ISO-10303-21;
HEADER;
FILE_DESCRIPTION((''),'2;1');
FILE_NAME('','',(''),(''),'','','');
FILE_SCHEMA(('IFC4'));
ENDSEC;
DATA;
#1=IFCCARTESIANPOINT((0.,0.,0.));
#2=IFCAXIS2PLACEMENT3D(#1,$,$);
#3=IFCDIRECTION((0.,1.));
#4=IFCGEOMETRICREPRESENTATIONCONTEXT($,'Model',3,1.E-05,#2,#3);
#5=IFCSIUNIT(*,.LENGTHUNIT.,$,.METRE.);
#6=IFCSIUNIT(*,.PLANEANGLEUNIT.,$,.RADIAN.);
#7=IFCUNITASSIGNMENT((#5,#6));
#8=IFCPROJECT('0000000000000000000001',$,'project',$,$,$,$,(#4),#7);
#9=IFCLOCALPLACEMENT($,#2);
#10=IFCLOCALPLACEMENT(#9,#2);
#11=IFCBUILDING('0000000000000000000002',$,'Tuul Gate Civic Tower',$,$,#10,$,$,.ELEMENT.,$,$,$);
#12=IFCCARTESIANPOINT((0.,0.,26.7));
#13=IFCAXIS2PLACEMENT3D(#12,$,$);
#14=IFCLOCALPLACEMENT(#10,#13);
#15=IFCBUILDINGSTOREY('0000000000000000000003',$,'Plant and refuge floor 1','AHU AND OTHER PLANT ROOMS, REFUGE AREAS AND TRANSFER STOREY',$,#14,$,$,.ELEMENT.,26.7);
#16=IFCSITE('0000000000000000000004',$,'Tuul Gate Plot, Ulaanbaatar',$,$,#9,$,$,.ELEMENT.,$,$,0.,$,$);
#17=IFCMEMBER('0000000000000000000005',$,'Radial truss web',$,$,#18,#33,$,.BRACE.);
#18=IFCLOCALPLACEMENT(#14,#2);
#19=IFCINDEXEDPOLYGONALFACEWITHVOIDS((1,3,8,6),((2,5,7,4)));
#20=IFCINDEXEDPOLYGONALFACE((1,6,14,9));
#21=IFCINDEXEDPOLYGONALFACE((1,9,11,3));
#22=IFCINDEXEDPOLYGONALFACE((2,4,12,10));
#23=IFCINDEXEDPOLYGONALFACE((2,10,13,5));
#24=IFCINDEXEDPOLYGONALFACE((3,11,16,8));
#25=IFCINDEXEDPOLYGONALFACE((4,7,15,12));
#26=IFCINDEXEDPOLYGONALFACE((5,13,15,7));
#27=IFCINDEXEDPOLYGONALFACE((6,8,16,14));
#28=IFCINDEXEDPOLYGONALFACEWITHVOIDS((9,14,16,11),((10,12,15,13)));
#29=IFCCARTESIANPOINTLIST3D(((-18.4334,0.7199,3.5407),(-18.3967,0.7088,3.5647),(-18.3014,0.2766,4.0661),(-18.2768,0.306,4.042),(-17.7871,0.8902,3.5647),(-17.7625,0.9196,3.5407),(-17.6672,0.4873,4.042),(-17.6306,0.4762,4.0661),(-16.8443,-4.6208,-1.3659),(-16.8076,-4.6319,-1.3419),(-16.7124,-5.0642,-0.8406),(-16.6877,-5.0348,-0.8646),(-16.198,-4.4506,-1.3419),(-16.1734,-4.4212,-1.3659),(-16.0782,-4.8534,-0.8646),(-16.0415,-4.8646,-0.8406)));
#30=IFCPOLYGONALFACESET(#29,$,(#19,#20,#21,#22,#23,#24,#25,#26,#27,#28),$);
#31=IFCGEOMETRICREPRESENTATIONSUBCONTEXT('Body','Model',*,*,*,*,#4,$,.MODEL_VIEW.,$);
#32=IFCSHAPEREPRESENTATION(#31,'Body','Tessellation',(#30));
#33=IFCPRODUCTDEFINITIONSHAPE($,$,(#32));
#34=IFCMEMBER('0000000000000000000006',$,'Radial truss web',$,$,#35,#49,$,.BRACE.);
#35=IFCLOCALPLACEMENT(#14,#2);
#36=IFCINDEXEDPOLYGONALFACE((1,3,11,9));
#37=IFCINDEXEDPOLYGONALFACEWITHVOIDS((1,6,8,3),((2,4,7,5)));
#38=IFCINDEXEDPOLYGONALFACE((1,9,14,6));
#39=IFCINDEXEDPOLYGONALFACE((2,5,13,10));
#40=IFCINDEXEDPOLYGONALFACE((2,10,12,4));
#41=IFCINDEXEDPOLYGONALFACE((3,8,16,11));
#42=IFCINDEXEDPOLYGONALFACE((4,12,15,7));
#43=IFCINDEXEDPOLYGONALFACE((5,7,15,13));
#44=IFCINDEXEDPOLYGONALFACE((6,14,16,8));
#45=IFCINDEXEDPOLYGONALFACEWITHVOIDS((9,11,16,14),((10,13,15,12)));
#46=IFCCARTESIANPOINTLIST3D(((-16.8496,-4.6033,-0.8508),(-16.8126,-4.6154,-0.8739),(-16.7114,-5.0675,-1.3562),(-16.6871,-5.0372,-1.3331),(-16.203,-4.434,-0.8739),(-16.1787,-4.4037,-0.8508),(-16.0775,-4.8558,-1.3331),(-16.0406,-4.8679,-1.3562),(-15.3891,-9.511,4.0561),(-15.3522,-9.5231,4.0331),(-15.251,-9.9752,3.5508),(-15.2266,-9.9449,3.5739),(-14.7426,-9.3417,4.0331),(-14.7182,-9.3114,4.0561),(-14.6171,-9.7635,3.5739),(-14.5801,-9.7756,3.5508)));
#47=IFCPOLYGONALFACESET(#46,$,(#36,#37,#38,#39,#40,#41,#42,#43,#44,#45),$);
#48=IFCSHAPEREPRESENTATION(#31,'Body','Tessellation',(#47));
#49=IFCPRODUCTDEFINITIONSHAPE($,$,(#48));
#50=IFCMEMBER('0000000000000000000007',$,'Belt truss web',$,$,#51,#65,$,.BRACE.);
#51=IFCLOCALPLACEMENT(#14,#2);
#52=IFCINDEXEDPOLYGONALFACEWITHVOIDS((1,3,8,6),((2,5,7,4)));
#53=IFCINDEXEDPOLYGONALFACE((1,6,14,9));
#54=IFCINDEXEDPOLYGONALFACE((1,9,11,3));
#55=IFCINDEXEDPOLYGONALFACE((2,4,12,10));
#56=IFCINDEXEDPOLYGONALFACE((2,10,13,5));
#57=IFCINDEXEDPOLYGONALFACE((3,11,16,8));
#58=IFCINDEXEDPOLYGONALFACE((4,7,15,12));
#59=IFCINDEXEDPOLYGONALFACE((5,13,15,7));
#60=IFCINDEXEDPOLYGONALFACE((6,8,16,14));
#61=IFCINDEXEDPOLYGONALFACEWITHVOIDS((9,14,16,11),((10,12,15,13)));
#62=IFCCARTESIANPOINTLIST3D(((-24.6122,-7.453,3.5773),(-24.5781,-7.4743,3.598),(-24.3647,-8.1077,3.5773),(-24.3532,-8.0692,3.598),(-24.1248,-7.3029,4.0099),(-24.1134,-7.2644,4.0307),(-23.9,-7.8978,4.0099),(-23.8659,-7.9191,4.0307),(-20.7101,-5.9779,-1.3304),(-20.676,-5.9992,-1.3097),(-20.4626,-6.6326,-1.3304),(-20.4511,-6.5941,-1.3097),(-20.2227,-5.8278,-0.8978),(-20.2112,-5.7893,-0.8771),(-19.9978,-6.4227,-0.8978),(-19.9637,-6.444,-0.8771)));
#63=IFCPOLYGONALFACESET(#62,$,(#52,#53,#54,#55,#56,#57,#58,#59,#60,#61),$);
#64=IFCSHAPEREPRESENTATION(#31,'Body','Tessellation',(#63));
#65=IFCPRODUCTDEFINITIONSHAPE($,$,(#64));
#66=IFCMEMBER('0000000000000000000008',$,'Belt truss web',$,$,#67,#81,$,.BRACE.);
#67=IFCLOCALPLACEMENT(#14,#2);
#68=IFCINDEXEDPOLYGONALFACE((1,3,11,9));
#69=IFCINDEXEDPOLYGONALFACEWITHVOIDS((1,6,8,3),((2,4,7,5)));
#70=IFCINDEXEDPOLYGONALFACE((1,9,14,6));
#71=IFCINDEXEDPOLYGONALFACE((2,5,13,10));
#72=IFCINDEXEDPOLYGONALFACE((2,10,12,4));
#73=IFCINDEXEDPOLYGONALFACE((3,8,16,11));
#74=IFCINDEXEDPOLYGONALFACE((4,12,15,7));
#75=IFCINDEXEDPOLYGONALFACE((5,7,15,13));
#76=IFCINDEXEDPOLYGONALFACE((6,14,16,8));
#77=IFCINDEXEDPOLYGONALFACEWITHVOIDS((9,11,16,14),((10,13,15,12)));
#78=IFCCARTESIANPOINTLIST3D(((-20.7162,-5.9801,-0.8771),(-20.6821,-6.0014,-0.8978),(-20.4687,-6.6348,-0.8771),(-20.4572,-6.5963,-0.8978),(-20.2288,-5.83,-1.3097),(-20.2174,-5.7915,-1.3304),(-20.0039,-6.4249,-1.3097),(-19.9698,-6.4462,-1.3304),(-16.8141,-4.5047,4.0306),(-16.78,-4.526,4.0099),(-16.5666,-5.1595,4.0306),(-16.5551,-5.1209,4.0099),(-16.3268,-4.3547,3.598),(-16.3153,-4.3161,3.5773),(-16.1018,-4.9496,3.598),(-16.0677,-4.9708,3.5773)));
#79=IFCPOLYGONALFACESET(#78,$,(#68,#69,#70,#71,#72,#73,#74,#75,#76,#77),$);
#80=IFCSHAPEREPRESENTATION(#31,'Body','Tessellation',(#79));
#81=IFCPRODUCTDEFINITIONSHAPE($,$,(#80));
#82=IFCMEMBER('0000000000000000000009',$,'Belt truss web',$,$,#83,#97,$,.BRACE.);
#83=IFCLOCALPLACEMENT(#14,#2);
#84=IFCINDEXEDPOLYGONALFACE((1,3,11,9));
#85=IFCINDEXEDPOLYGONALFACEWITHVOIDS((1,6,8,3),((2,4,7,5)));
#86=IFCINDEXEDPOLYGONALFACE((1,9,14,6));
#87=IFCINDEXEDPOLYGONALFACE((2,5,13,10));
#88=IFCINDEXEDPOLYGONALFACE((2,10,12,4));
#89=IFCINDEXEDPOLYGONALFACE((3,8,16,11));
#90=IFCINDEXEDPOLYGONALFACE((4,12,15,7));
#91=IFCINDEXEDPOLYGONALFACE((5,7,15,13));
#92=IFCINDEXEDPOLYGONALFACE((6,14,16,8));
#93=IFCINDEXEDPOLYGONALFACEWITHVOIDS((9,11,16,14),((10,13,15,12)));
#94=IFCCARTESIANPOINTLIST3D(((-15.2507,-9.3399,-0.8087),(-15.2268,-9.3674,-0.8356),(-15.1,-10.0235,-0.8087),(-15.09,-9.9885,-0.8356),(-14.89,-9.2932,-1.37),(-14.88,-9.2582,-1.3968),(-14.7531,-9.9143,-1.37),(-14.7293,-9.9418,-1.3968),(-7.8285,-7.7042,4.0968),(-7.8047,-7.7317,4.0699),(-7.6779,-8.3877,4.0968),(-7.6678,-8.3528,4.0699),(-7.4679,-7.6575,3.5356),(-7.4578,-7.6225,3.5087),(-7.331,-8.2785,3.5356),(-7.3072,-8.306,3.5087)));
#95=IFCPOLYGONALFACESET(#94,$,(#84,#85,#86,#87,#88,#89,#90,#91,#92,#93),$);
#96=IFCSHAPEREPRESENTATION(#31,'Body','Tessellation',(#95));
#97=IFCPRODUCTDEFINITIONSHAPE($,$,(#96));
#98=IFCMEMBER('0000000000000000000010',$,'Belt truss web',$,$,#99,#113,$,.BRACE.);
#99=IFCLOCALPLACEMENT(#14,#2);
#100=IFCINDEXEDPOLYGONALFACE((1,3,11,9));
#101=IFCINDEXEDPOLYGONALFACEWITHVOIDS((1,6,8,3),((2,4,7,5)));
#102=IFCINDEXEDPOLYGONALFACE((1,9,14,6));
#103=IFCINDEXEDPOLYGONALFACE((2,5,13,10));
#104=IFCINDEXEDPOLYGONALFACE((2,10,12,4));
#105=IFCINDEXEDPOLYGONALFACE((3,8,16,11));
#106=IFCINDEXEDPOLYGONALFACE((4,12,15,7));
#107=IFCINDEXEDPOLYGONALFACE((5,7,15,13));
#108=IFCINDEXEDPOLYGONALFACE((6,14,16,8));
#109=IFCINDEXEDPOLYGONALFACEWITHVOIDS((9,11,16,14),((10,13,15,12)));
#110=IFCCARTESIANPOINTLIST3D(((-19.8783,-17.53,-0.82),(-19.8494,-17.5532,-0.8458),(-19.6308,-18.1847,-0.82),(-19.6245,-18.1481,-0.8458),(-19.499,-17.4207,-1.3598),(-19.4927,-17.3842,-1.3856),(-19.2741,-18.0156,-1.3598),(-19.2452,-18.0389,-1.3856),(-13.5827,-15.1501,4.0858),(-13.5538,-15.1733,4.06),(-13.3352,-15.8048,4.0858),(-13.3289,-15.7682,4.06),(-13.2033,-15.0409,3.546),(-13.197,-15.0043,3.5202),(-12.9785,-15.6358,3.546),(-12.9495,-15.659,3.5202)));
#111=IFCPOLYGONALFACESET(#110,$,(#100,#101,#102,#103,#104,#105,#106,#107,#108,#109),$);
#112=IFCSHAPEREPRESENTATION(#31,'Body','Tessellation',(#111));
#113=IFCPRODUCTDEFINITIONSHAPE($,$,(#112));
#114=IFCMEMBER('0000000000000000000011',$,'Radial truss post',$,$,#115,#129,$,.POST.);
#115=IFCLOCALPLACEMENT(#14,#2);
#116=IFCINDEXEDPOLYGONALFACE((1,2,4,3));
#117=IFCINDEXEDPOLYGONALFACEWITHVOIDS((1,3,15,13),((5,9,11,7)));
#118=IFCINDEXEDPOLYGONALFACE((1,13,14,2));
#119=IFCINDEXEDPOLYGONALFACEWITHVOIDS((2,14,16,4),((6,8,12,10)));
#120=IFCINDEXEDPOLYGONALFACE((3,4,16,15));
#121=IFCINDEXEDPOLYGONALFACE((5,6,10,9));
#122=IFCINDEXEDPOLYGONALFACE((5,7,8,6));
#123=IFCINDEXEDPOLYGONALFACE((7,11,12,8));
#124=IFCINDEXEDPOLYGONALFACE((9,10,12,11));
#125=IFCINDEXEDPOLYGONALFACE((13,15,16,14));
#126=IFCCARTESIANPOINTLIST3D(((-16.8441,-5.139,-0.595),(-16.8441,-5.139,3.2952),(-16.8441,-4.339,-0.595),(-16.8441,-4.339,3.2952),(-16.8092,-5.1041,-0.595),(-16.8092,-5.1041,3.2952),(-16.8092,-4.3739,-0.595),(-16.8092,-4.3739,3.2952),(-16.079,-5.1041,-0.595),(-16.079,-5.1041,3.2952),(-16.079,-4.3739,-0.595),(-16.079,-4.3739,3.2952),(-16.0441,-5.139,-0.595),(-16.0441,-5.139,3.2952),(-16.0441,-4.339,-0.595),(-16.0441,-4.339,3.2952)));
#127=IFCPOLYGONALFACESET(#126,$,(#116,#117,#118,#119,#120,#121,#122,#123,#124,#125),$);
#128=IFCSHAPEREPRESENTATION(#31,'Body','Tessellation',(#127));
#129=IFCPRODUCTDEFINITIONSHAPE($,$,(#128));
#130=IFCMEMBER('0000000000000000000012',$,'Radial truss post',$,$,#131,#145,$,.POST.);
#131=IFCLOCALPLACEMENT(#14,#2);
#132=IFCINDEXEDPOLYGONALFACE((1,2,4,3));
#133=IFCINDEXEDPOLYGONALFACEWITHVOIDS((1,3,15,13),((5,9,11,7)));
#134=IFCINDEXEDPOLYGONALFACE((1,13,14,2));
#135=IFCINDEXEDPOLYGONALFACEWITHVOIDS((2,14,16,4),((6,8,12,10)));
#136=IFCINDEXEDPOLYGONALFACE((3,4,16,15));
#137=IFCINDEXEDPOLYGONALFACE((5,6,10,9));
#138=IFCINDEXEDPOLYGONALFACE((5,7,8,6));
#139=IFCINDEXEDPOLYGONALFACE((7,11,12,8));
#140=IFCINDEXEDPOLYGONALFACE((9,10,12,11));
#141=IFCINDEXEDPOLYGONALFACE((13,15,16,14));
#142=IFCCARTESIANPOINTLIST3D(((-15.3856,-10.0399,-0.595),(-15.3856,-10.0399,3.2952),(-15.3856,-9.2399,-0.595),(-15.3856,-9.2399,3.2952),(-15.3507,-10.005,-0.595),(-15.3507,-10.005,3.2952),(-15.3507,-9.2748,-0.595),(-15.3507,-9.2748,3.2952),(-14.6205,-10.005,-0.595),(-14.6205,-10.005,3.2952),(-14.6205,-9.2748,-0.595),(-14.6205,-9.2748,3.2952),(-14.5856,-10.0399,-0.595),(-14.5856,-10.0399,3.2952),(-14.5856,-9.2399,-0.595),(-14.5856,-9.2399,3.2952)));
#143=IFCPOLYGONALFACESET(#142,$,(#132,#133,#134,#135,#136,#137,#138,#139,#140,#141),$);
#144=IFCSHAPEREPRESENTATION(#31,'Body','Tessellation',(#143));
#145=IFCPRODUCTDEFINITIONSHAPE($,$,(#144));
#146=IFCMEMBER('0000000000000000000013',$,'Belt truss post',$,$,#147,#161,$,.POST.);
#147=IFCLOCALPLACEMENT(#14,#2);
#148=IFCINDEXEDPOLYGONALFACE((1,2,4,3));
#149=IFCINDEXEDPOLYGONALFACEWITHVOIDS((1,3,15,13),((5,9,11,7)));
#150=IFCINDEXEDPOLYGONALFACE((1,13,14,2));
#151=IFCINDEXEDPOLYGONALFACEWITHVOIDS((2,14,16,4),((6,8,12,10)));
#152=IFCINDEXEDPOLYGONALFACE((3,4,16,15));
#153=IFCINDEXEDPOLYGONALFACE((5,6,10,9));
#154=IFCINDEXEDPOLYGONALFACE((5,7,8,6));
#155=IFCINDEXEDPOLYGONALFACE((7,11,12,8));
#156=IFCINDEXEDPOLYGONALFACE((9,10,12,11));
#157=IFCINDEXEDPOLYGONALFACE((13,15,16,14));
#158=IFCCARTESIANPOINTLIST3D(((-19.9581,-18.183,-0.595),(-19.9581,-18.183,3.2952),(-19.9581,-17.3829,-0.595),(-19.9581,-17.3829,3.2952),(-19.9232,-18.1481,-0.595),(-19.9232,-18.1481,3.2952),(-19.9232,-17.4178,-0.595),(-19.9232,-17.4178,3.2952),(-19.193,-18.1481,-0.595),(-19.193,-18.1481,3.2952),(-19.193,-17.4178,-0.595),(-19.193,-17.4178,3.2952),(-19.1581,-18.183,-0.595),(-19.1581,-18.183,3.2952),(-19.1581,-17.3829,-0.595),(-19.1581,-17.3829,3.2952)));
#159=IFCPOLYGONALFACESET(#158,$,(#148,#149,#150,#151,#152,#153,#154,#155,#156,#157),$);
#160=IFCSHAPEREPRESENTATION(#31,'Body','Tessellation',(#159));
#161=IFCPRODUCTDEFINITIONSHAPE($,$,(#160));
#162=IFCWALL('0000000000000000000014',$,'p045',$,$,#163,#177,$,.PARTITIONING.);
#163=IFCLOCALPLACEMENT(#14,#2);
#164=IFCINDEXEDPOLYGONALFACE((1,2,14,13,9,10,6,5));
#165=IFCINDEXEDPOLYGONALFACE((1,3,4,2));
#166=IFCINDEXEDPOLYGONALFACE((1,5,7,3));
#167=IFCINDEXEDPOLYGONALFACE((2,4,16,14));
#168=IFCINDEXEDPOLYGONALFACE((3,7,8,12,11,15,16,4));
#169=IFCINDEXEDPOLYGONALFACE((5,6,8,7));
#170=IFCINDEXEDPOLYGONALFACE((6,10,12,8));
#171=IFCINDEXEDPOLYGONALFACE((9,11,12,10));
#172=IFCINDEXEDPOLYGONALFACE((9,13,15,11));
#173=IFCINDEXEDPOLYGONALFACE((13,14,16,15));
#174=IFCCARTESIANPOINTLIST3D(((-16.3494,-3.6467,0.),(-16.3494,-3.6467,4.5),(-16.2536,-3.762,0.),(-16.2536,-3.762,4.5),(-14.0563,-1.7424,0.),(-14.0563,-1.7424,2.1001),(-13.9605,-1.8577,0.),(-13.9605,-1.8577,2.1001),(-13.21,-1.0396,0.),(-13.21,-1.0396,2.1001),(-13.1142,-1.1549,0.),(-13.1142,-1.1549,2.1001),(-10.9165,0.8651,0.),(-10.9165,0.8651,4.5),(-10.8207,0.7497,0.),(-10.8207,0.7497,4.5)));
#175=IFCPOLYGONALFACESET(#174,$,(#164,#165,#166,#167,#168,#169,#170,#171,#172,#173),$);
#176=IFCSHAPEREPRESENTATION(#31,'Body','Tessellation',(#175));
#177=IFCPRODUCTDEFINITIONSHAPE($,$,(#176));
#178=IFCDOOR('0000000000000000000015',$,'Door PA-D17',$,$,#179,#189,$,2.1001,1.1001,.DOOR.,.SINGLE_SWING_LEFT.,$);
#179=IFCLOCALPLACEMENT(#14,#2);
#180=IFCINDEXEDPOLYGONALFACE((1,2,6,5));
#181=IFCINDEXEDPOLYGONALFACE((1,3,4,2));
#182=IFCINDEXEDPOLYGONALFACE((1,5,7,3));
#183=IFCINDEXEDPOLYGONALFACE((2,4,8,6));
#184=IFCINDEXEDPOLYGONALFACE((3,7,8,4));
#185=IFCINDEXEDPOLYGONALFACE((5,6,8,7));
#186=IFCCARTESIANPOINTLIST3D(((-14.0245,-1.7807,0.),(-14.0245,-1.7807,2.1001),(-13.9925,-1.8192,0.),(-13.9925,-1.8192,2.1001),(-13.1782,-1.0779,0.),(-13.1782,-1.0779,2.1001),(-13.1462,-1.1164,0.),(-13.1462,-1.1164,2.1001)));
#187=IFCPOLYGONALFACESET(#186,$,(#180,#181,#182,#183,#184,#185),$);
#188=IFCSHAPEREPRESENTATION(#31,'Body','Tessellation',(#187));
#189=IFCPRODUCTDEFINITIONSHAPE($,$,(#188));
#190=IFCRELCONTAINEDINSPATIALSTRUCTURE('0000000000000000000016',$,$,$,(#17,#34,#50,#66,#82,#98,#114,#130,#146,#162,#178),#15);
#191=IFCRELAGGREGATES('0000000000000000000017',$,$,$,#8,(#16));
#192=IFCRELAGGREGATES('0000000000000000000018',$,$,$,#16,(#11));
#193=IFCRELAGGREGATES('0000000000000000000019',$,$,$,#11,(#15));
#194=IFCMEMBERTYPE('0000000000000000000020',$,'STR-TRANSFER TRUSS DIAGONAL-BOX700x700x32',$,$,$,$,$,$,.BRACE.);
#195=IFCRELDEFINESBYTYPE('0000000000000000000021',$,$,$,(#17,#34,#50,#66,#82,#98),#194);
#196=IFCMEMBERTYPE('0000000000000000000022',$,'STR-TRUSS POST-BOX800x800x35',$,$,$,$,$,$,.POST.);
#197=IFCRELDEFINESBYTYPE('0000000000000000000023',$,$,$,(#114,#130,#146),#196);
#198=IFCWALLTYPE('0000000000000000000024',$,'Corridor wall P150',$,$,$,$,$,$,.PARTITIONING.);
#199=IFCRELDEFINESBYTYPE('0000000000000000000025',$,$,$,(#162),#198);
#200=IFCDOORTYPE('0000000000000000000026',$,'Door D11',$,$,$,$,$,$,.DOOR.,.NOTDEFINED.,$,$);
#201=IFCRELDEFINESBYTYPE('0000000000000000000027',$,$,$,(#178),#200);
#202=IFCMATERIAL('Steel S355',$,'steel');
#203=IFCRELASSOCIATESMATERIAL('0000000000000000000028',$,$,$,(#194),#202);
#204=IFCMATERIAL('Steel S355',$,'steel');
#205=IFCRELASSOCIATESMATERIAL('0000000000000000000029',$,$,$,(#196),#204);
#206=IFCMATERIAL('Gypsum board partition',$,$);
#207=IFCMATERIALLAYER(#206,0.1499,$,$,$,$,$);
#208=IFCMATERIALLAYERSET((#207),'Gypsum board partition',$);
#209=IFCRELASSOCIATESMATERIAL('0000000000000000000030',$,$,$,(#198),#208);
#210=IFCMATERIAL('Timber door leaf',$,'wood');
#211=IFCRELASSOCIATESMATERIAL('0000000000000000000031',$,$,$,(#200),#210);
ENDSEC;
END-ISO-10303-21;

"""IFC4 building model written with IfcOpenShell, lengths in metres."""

from ifc_helpers import new_model, si_unit, direction, frame, frame_2d, origin, origin_2d, place, context, subcontext, project, spatial, rectangle, hollow_rectangle, extrude, material, layer, layer_set, material_profile, profile_set, type_object, element, fill, save


model = new_model("IFC4")

# Units and contexts
model_context = context("Model", 3, precision=1e-05, world=origin(), true_north=direction((0.0, 1.0)))
body_context = subcontext(model_context, "Body", "Model", "MODEL_VIEW")
ifc_project = project(units=[si_unit("LENGTHUNIT", "METRE"), si_unit("PLANEANGLEUNIT", "RADIAN")], contexts=[model_context])

# Site, building, storey
site_placement = place(None, origin())
site = spatial("IfcSite", under=ifc_project, at=site_placement, Name="Tuul Gate Plot, Ulaanbaatar", CompositionType="ELEMENT", RefElevation=0.0)
building_placement = place(site_placement, origin())
building = spatial("IfcBuilding", under=site, at=building_placement, Name="Tuul Gate Civic Tower", CompositionType="ELEMENT")
storey_placement = place(building_placement, frame((0.0, 0.0, 26.7)))
storey = spatial("IfcBuildingStorey", under=building, at=storey_placement, Name="Plant and refuge floor 1", Description="AHU AND OTHER PLANT ROOMS, REFUGE AREAS AND TRANSFER STOREY", CompositionType="ELEMENT", Elevation=26.7)

# Members
ifc_material_1 = material(Name="Steel S355", Category="steel")
ifc_material_profile_1 = material_profile(ifc_material_1, hollow_rectangle(XDim=0.7, YDim=0.7, WallThickness=0.032, at=origin_2d()), Name="BOX700x700x32")
ifc_profile_set_1 = profile_set([ifc_material_profile_1], Name="Steel S355")
member_type_1 = type_object("IfcMemberType", Name="STR-TRANSFER TRUSS DIAGONAL-BOX700x700x32", PredefinedType="BRACE", material=ifc_profile_set_1)
member_1_placement = place(storey_placement, frame((-16.4429, -4.7427, -1.1033), z_axis=(-0.214031, 0.719334, 0.66087), x_axis=(-0.958473, -0.285185, 0.0)))
element("IfcMember", 1, at=member_1_placement, inside=storey, type_object=member_type_1, Name="Radial truss web", PredefinedType="BRACE", context=body_context, shape_type="SweptSolid", body=[
    extrude(hollow_rectangle(XDim=0.7, YDim=0.7, WallThickness=0.032, at=origin_2d()), origin(), (0.0, 0.0, 1.0), 7.4246),
])
member_2_placement = place(storey_placement, frame((-16.4451, -4.7356, -1.1035), z_axis=(0.205928, -0.692003, 0.6919), x_axis=(0.958462, 0.285221, 0.0)))
element("IfcMember", 2, at=member_2_placement, inside=storey, type_object=member_type_1, Name="Radial truss web", PredefinedType="BRACE", context=body_context, shape_type="SweptSolid", body=[
    extrude(hollow_rectangle(XDim=0.7, YDim=0.7, WallThickness=0.032, at=origin_2d()), origin(), (0.0, 0.0, 1.0), 7.092),
])
for number, where, z_axis, x_axis, name in (
    (3, (-20.3369, -6.2109, -1.1038), (-0.605811, -0.229013, 0.761936), (0.353604, -0.935395, 0.0), "Belt truss web"),
    (4, (-20.343, -6.2131, -1.1038), (0.605806, 0.229049, 0.761929), (-0.353655, 0.935376, 0.0), "Belt truss web"),
):
    element("IfcMember", number, at=place(storey_placement, frame(where, z_axis=z_axis, x_axis=x_axis)), inside=storey, type_object=member_type_1, Name=name, PredefinedType="BRACE", context=body_context, shape_type="SweptSolid", body=[
        extrude(hollow_rectangle(XDim=0.7, YDim=0.7, WallThickness=0.032, at=origin_2d()), origin(), (0.0, 0.0, 1.0), 6.4412),
    ])
member_3_placement = place(storey_placement, frame((-14.99, -9.6409, -1.1028), z_axis=(0.820499, 0.180828, 0.542294), x_axis=(-0.215223, 0.976565, 0.0)))
element("IfcMember", 5, at=member_3_placement, inside=storey, type_object=member_type_1, Name="Belt truss web", PredefinedType="BRACE", context=body_context, shape_type="SweptSolid", body=[
    extrude(hollow_rectangle(XDim=0.7, YDim=0.7, WallThickness=0.032, at=origin_2d()), origin(), (0.0, 0.0, 1.0), 9.0459),
])
member_4_placement = place(storey_placement, frame((-19.5618, -17.7844, -1.1028), z_axis=(0.755908, 0.285748, 0.589026), x_axis=(-0.353599, 0.935397, 0.0)))
element("IfcMember", 6, at=member_4_placement, inside=storey, type_object=member_type_1, Name="Belt truss web", PredefinedType="BRACE", context=body_context, shape_type="SweptSolid", body=[
    extrude(hollow_rectangle(XDim=0.7, YDim=0.7, WallThickness=0.032, at=origin_2d()), origin(), (0.0, 0.0, 1.0), 8.3286),
])
ifc_material_2 = material(Name="Steel S355", Category="steel")
ifc_material_profile_2 = material_profile(ifc_material_2, hollow_rectangle(XDim=0.8, YDim=0.8, WallThickness=0.0349, at=origin_2d()), Name="BOX800x800x35")
ifc_profile_set_2 = profile_set([ifc_material_profile_2], Name="Steel S355")
member_type_2 = type_object("IfcMemberType", Name="STR-TRUSS POST-BOX800x800x35", PredefinedType="POST", material=ifc_profile_set_2)
for number, where, z_axis, x_axis, name in (
    (7, (-16.4441, -4.739, -0.595), (0.0, 0.0, 1.0), (1.0, 0.0, 0.0), "Radial truss post"),
    (8, (-14.9856, -9.6399, -0.595), (0.0, 0.0, 1.0), (1.0, 0.0, 0.0), "Radial truss post"),
    (9, (-19.5581, -17.783, -0.595), (0.0, 0.0, 1.0), (1.0, 0.0, 0.0), "Belt truss post"),
):
    element("IfcMember", number, at=place(storey_placement, frame(where, z_axis=z_axis, x_axis=x_axis)), inside=storey, type_object=member_type_2, Name=name, PredefinedType="POST", context=body_context, shape_type="SweptSolid", body=[
        extrude(hollow_rectangle(XDim=0.8, YDim=0.8, WallThickness=0.0349, at=origin_2d()), origin(), (0.0, 0.0, 1.0), 3.8901),
    ])

# Wall, opening, door
ifc_material_3 = material(Name="Gypsum board partition")
ifc_layer_1 = layer(ifc_material_3, 0.1499)
ifc_layer_set_1 = layer_set([ifc_layer_1], Name="Gypsum board partition")
wall_type_1 = type_object("IfcWallType", Name="Corridor wall P150", PredefinedType="PARTITIONING", material=ifc_layer_set_1)
wall_1_placement = place(storey_placement, frame((-16.3015, -3.7043, 0.0), z_axis=(0.0, 0.0, 1.0), x_axis=(0.769311, 0.638874, 0.0)))
wall_1 = element("IfcWall", 10, at=wall_1_placement, inside=storey, type_object=wall_type_1, Name="p045", PredefinedType="PARTITIONING", context=body_context, shape_type="SweptSolid", body=[
    extrude(rectangle(XDim=7.062, YDim=0.1499, at=frame_2d((3.531, 0.0))), origin(), (0.0, 0.0, 1.0), 4.5),
])
opening_placement = place(wall_1_placement, frame((2.9807, 0.0, 0.0)))
opening = element("IfcOpeningElement", 11, at=opening_placement, cuts=wall_1, PredefinedType="OPENING", context=body_context, shape_type="SweptSolid", body=[
    extrude(rectangle(XDim=1.1001, YDim=2.1001, at=frame_2d((0.55, 1.05))), frame((0.0, 0.085, 0.0), z_axis=(0.0, -1.0, 0.0), x_axis=(1.0, 0.0, 0.0)), (0.0, 0.0, 1.0), 0.1699),
])
ifc_material_4 = material(Name="Timber door leaf", Category="wood")
door_type = type_object("IfcDoorType", Name="Door D11", OperationType="NOTDEFINED", PredefinedType="DOOR", material=ifc_material_4)
door_placement = place(opening_placement, frame((1.1001, 0.0, 0.0), z_axis=(0.0, 0.0, 1.0), x_axis=(-1.0, 0.0, 0.0)))
door = element("IfcDoor", 12, at=door_placement, inside=storey, type_object=door_type, Name="Door PA-D17", OperationType="SINGLE_SWING_LEFT", OverallHeight=2.1001, OverallWidth=1.1001, PredefinedType="DOOR", context=body_context, shape_type="SweptSolid", body=[
    extrude(rectangle(XDim=1.1001, YDim=2.1001, at=frame_2d((0.55, 1.05))), frame((0.0, 0.0249, 0.0), z_axis=(0.0, -1.0, 0.0), x_axis=(1.0, 0.0, 0.0)), (0.0, 0.0, 1.0), 0.05),
])
fill(opening, door)

save(model, "model.ifc")
